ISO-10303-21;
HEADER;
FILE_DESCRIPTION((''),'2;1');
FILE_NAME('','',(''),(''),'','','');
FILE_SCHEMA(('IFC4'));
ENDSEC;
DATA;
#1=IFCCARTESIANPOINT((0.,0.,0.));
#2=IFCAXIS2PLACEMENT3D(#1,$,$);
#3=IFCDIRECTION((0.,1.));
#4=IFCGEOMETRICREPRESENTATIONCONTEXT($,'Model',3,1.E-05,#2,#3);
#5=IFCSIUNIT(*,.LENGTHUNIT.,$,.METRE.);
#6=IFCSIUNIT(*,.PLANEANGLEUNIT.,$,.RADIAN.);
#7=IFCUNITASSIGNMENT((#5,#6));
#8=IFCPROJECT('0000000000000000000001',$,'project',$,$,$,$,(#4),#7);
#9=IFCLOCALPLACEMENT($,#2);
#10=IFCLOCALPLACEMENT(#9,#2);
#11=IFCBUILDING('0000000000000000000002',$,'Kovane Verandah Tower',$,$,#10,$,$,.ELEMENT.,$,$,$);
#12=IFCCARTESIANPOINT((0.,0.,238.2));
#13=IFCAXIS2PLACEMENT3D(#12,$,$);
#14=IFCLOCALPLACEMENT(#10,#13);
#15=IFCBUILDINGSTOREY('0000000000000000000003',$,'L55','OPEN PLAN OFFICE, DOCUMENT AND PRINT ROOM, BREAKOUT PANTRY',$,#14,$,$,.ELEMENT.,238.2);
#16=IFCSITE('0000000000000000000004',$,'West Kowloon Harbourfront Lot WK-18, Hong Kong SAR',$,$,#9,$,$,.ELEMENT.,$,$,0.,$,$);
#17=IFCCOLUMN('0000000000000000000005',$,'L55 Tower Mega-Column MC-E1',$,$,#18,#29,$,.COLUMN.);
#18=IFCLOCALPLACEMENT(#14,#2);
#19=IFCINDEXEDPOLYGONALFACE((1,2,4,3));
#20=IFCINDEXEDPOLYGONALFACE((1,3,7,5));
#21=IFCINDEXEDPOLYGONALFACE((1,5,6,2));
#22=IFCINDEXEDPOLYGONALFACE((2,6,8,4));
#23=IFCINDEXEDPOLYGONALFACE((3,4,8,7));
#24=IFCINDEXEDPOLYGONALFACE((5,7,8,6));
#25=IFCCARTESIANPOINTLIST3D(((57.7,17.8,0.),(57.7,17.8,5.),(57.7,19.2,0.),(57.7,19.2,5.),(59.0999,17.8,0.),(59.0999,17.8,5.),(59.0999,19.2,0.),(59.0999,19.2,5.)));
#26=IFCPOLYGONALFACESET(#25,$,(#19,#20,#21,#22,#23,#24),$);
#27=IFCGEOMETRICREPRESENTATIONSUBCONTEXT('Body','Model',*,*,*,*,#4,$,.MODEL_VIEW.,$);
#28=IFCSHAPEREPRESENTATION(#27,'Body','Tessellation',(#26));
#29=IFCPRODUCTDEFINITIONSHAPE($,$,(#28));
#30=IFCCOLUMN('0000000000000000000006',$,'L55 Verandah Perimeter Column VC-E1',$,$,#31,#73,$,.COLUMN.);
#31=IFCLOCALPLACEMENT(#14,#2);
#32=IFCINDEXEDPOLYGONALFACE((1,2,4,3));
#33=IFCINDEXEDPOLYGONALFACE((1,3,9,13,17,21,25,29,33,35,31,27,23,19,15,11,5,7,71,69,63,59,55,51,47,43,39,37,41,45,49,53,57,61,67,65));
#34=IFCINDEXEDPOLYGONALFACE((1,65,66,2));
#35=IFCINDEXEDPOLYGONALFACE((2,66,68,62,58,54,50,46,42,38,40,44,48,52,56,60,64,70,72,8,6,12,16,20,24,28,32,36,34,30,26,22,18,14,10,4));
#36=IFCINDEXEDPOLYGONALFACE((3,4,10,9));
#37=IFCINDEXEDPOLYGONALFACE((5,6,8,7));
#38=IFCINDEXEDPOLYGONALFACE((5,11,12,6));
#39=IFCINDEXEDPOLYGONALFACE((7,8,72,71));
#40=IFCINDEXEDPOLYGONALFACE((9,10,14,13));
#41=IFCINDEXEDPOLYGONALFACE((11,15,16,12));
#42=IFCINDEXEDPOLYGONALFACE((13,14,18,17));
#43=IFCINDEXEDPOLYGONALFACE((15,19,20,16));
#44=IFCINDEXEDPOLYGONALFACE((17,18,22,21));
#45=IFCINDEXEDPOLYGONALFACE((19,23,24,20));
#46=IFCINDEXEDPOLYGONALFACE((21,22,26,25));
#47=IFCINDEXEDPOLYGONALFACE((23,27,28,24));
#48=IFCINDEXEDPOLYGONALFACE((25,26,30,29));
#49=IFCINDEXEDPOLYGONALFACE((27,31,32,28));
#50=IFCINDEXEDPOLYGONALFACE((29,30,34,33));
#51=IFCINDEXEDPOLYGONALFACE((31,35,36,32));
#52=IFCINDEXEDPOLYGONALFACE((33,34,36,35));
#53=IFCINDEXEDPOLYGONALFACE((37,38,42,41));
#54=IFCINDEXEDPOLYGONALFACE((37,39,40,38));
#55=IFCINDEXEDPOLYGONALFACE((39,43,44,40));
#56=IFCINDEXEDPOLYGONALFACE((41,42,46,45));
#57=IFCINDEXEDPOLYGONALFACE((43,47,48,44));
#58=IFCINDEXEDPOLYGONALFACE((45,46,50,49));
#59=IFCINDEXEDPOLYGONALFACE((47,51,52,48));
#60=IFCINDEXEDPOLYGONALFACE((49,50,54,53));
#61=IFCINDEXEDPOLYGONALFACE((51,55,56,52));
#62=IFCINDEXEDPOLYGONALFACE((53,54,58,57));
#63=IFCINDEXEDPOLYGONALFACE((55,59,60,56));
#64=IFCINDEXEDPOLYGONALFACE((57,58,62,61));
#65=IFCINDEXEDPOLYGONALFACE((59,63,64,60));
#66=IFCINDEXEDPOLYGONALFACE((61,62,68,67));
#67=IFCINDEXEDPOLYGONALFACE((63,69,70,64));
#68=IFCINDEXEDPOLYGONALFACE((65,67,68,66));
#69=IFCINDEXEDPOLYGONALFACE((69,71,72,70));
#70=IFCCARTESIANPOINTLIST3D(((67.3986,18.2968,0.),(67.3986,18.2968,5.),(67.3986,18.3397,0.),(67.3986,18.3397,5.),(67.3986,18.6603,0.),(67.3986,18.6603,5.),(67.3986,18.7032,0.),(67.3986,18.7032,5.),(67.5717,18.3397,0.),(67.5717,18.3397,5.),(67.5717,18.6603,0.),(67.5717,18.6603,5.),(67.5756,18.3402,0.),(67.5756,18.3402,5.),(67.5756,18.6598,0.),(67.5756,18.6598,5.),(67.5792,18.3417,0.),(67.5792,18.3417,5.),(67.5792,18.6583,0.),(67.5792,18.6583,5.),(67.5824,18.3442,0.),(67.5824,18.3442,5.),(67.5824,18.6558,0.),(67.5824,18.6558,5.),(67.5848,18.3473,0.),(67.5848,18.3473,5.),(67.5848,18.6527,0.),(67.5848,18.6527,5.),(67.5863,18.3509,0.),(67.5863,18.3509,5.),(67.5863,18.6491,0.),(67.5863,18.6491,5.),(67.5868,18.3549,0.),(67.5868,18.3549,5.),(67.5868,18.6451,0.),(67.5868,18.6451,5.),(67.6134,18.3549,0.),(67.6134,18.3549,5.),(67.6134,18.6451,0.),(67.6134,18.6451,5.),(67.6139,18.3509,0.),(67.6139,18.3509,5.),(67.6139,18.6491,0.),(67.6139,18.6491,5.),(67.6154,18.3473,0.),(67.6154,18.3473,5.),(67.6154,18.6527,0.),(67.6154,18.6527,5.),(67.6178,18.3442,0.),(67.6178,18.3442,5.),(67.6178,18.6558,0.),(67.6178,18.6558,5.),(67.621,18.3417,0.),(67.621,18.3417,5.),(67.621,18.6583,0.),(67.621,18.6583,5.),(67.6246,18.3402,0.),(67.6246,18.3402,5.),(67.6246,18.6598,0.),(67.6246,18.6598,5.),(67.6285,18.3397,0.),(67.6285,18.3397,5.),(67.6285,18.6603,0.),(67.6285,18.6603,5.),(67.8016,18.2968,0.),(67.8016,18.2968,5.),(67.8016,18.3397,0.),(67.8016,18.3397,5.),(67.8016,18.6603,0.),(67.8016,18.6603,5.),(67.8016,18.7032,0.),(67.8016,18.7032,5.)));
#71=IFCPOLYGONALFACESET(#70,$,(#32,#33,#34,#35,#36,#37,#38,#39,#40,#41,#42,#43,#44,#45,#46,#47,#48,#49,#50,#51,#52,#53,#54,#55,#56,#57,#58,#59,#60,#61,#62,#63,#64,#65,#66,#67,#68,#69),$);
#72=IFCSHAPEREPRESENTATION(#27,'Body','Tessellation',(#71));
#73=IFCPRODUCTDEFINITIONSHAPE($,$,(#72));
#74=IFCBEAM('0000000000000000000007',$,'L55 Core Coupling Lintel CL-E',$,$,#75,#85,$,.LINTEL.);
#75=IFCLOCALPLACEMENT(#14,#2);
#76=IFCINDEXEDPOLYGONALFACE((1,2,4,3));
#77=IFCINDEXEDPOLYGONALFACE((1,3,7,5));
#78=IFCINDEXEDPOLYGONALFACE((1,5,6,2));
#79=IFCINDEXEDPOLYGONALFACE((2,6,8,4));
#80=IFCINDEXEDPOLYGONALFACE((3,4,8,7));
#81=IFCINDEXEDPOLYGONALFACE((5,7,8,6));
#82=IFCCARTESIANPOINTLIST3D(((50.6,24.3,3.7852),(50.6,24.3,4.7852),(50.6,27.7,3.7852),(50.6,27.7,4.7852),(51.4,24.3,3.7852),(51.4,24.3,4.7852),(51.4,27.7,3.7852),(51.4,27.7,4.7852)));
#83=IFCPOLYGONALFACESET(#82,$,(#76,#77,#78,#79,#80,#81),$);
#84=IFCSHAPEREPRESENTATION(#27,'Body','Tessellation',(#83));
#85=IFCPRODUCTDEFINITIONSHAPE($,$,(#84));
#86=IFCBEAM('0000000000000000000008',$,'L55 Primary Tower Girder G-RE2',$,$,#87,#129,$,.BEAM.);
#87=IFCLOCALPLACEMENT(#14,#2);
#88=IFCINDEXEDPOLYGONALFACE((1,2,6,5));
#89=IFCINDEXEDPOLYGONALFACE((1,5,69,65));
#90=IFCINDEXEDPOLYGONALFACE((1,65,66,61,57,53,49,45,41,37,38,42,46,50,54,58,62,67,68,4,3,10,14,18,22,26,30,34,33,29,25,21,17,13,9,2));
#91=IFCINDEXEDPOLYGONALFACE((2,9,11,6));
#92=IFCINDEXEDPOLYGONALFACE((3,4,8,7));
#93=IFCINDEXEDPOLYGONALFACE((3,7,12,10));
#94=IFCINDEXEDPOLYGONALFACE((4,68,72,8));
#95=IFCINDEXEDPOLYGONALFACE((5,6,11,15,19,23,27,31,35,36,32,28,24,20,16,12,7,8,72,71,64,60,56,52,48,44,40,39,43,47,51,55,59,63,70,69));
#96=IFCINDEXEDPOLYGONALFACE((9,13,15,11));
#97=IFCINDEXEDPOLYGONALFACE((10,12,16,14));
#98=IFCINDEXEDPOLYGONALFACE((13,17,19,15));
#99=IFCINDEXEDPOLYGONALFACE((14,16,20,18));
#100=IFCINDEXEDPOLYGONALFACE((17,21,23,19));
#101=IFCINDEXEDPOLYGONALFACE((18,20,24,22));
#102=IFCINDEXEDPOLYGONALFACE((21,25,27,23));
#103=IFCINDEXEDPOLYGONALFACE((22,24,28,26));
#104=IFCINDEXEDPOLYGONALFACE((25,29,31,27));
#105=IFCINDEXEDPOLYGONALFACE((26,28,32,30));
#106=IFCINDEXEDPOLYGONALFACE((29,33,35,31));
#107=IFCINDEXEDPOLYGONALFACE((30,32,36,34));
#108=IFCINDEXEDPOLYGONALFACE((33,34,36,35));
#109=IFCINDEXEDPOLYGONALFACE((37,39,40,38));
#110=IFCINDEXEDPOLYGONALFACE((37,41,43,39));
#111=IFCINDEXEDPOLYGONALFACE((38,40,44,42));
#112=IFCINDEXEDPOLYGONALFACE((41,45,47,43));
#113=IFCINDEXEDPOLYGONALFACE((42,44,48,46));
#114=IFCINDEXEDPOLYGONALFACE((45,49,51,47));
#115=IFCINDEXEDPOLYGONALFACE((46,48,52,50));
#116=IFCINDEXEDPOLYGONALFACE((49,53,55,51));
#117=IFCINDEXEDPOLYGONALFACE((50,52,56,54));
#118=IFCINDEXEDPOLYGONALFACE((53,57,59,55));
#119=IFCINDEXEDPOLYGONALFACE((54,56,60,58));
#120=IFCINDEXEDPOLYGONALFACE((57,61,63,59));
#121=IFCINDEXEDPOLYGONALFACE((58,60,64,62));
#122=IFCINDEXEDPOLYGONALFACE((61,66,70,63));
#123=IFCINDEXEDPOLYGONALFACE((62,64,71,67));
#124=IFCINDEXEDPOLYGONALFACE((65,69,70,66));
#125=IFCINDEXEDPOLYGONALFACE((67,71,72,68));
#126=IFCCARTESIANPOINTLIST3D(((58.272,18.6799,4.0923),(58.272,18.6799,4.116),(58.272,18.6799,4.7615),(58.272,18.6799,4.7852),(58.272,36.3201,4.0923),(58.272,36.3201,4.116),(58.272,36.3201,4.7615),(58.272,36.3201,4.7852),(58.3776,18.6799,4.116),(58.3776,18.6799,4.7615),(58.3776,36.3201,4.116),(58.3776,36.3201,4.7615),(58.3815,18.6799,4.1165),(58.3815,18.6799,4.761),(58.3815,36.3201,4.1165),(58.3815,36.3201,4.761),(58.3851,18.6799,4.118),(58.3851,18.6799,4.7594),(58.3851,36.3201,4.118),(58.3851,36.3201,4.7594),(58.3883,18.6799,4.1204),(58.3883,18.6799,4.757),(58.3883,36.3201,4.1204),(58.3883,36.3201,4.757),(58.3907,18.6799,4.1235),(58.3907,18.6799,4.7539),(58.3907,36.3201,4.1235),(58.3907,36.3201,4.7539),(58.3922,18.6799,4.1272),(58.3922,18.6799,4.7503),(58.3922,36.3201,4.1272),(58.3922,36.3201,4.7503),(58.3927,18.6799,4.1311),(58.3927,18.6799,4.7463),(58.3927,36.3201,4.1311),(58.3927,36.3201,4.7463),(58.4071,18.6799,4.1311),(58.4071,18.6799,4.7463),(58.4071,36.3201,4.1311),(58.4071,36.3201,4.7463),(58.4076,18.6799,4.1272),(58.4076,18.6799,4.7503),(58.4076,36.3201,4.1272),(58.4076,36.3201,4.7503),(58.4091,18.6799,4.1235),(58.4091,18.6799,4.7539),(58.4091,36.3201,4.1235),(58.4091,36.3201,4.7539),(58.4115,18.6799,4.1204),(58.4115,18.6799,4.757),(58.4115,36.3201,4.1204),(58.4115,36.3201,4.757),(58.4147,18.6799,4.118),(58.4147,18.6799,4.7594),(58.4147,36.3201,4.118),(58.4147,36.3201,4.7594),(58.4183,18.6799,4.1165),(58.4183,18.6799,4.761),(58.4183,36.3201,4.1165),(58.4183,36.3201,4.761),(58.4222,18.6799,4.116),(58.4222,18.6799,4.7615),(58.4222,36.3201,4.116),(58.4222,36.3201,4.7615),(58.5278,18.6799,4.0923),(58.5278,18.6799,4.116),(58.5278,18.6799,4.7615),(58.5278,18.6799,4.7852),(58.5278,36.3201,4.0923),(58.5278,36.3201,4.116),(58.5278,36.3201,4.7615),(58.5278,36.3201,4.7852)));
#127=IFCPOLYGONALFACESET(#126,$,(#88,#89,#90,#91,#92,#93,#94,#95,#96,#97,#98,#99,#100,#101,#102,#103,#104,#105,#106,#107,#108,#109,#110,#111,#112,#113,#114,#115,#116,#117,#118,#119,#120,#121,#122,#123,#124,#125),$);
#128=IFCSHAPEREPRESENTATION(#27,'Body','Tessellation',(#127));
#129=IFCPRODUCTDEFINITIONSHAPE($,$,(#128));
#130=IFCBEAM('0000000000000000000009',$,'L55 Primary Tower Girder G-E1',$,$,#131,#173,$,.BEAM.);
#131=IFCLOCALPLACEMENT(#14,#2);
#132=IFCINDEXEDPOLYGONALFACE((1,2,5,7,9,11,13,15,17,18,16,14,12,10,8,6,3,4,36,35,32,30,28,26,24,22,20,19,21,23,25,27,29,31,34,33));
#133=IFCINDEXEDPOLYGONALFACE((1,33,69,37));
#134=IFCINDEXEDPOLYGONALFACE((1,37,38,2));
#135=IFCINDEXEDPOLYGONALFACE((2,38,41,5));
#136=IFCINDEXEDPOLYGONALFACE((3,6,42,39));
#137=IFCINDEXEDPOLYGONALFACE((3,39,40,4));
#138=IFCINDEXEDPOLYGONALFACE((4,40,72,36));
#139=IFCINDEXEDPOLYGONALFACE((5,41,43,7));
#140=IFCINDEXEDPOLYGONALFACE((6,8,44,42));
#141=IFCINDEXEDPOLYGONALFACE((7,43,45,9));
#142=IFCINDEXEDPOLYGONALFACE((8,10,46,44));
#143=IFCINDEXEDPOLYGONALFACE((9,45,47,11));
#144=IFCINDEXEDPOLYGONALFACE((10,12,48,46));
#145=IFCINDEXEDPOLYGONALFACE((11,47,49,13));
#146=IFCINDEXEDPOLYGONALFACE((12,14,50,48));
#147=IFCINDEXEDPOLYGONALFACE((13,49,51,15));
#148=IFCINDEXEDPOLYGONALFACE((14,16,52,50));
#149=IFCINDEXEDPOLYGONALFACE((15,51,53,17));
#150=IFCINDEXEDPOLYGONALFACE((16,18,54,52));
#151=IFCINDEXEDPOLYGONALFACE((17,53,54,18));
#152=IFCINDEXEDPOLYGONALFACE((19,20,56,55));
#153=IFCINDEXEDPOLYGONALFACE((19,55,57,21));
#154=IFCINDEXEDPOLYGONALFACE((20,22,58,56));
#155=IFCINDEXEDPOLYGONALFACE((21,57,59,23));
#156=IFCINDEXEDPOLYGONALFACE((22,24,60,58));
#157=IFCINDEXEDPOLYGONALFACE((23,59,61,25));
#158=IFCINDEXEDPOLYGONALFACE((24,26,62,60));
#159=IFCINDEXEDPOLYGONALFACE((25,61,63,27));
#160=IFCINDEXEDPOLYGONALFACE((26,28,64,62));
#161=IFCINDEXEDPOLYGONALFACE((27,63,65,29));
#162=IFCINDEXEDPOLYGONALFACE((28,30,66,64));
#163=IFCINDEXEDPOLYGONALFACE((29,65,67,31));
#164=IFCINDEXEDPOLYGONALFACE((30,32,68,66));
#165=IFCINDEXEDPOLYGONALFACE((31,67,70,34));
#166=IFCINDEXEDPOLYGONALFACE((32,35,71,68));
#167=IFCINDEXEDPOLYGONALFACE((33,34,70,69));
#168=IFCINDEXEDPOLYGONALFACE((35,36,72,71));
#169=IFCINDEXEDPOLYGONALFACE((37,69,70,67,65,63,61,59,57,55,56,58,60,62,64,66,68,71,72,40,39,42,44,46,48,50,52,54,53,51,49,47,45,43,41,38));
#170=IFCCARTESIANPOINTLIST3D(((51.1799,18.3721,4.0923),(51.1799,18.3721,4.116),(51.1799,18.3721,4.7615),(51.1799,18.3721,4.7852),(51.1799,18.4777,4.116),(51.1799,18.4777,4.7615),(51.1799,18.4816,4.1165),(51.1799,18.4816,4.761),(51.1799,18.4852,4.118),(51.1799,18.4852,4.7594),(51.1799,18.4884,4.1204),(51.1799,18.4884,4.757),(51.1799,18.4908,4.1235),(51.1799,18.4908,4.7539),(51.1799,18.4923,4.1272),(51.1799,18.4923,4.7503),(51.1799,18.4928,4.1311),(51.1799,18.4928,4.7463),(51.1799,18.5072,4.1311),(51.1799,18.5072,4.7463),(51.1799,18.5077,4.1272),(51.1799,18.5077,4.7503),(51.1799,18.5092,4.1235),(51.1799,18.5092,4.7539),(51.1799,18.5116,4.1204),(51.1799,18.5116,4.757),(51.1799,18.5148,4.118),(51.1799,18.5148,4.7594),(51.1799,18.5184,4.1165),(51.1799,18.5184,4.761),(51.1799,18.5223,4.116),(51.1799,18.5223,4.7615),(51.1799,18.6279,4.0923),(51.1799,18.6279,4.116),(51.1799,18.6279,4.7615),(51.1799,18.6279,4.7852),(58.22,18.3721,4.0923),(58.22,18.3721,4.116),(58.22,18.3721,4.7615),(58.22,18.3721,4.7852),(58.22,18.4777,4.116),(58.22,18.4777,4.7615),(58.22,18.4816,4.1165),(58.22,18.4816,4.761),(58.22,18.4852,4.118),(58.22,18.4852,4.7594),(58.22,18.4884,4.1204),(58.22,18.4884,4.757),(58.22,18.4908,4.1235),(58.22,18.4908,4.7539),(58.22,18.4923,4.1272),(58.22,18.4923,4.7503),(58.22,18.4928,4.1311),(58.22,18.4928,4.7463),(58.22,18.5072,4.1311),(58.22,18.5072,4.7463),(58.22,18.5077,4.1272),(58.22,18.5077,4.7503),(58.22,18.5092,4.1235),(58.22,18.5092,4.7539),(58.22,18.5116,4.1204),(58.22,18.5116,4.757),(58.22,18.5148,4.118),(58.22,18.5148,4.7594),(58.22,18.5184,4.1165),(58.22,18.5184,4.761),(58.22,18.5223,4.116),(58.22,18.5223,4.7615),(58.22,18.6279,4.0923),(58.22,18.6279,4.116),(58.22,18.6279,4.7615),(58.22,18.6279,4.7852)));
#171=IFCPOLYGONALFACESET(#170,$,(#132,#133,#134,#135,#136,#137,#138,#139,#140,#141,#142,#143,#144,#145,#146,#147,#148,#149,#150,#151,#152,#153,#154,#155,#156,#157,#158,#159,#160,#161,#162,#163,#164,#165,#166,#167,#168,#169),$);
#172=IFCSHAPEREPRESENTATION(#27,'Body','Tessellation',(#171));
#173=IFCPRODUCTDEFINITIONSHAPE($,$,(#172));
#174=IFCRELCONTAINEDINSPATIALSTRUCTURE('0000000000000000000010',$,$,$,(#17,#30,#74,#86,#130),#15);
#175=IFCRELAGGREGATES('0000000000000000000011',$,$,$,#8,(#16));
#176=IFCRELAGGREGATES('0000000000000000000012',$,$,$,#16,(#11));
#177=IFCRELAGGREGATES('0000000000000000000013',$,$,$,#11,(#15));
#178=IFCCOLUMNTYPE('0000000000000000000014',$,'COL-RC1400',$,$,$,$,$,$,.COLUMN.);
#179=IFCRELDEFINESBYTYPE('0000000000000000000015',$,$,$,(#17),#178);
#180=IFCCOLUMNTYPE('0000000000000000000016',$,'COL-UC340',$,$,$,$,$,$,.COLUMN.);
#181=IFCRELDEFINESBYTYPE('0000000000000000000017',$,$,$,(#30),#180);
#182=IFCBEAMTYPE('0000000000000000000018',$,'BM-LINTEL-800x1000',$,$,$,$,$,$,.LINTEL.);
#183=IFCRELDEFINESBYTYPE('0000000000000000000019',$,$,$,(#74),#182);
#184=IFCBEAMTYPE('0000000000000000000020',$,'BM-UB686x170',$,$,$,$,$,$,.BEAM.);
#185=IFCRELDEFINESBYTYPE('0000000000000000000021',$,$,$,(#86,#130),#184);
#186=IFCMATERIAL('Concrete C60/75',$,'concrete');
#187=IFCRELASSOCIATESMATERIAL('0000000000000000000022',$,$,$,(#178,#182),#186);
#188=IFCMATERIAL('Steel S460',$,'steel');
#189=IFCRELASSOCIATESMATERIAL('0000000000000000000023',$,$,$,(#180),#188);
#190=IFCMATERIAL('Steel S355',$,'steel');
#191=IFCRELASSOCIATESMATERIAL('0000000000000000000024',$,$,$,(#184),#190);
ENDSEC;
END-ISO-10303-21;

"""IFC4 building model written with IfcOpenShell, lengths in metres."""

from ifc_helpers import new_model, si_unit, direction, frame, origin, origin_2d, place, context, subcontext, project, spatial, rectangle, i_section, extrude, material, material_profile, profile_set, type_object, element, save


model = new_model("IFC4")

# Units and contexts
model_context = context("Model", 3, precision=1e-05, world=origin(), true_north=direction((0.0, 1.0)))
body_context = subcontext(model_context, "Body", "Model", "MODEL_VIEW")
ifc_project = project(units=[si_unit("LENGTHUNIT", "METRE"), si_unit("PLANEANGLEUNIT", "RADIAN")], contexts=[model_context])

# Site, building, storey
site_placement = place(None, origin())
site = spatial("IfcSite", under=ifc_project, at=site_placement, Name="West Kowloon Harbourfront Lot WK-18, Hong Kong SAR", CompositionType="ELEMENT", RefElevation=0.0)
building_placement = place(site_placement, origin())
building = spatial("IfcBuilding", under=site, at=building_placement, Name="Kovane Verandah Tower", CompositionType="ELEMENT")
storey_placement = place(building_placement, frame((0.0, 0.0, 238.2)))
storey = spatial("IfcBuildingStorey", under=building, at=storey_placement, Name="L55", Description="OPEN PLAN OFFICE, DOCUMENT AND PRINT ROOM, BREAKOUT PANTRY", CompositionType="ELEMENT", Elevation=238.2)

# Columns
ifc_material_1 = material(Name="Concrete C60/75", Category="concrete")
ifc_material_profile_1 = material_profile(ifc_material_1, rectangle(XDim=1.3999, YDim=1.3999, at=origin_2d()), Name="RC1400x1400")
ifc_profile_set_1 = profile_set([ifc_material_profile_1], Name="Concrete C60/75")
column_type_1 = type_object("IfcColumnType", Name="COL-RC1400", PredefinedType="COLUMN", material=ifc_profile_set_1)
column_1_placement = place(storey_placement, frame((58.3999, 18.5, 0.0), z_axis=(0.0, 0.0, 1.0), x_axis=(1.0, 0.0, 0.0)))
element("IfcColumn", 1, at=column_1_placement, inside=storey, type_object=column_type_1, Name="L55 Tower Mega-Column MC-E1", PredefinedType="COLUMN", context=body_context, shape_type="SweptSolid", body=[
    extrude(rectangle(XDim=1.3999, YDim=1.3999, at=origin_2d()), origin(), (0.0, 0.0, 1.0), 5.0),
])
ifc_material_2 = material(Name="Steel S460", Category="steel")
ifc_material_profile_2 = material_profile(ifc_material_2, i_section(OverallWidth=0.4031, OverallDepth=0.4065, WebThickness=0.0266, FlangeThickness=0.043, FilletRadius=0.0151, at=origin_2d()), Name="UC356x406x340")
ifc_profile_set_2 = profile_set([ifc_material_profile_2], Name="Steel S460")
column_type_2 = type_object("IfcColumnType", Name="COL-UC340", PredefinedType="COLUMN", material=ifc_profile_set_2)
column_2_placement = place(storey_placement, frame((67.6001, 18.5, 0.0), z_axis=(0.0, 0.0, 1.0), x_axis=(1.0, 0.0, 0.0)))
element("IfcColumn", 2, at=column_2_placement, inside=storey, type_object=column_type_2, Name="L55 Verandah Perimeter Column VC-E1", PredefinedType="COLUMN", context=body_context, shape_type="SweptSolid", body=[
    extrude(i_section(OverallWidth=0.4031, OverallDepth=0.4065, WebThickness=0.0266, FlangeThickness=0.043, FilletRadius=0.0151, at=origin_2d()), origin(), (0.0, 0.0, 1.0), 5.0),
])

# Beams
ifc_material_profile_3 = material_profile(ifc_material_1, rectangle(XDim=0.8, YDim=1.0, at=origin_2d()), Name="RCB800x1000")
ifc_profile_set_3 = profile_set([ifc_material_profile_3], Name="Concrete C60/75")
beam_type_1 = type_object("IfcBeamType", Name="BM-LINTEL-800x1000", PredefinedType="LINTEL", material=ifc_profile_set_3)
beam_1_placement = place(storey_placement, frame((51.0, 24.3, 4.2852), z_axis=(0.0, 1.0, 0.0), x_axis=(-1.0, 0.0, 0.0)))
element("IfcBeam", 3, at=beam_1_placement, inside=storey, type_object=beam_type_1, Name="L55 Core Coupling Lintel CL-E", PredefinedType="LINTEL", context=body_context, shape_type="SweptSolid", body=[
    extrude(rectangle(XDim=0.8, YDim=1.0, at=origin_2d()), origin(), (0.0, 0.0, 1.0), 3.3999),
])
ifc_material_3 = material(Name="Steel S355", Category="steel")
ifc_material_profile_4 = material_profile(ifc_material_3, i_section(OverallWidth=0.2559, OverallDepth=0.6929, WebThickness=0.0144, FlangeThickness=0.0237, FilletRadius=0.0151, at=origin_2d()), Name="UB686x254x170")
ifc_profile_set_4 = profile_set([ifc_material_profile_4], Name="Steel S355")
beam_type_2 = type_object("IfcBeamType", Name="BM-UB686x170", PredefinedType="BEAM", material=ifc_profile_set_4)
beam_2_placement = place(storey_placement, frame((58.3999, 18.6799, 4.4387), z_axis=(0.0, 1.0, 0.0), x_axis=(-1.0, 0.0, 0.0)))
element("IfcBeam", 4, at=beam_2_placement, inside=storey, type_object=beam_type_2, Name="L55 Primary Tower Girder G-RE2", PredefinedType="BEAM", context=body_context, shape_type="SweptSolid", body=[
    extrude(i_section(OverallWidth=0.2559, OverallDepth=0.6929, WebThickness=0.0144, FlangeThickness=0.0237, FilletRadius=0.0151, at=origin_2d()), origin(), (0.0, 0.0, 1.0), 17.6401),
])
beam_3_placement = place(storey_placement, frame((51.1799, 18.5, 4.4387), z_axis=(1.0, 0.0, 0.0), x_axis=(0.0, 1.0, 0.0)))
element("IfcBeam", 5, at=beam_3_placement, inside=storey, type_object=beam_type_2, Name="L55 Primary Tower Girder G-E1", PredefinedType="BEAM", context=body_context, shape_type="SweptSolid", body=[
    extrude(i_section(OverallWidth=0.2559, OverallDepth=0.6929, WebThickness=0.0144, FlangeThickness=0.0237, FilletRadius=0.0151, at=origin_2d()), origin(), (0.0, 0.0, 1.0), 7.04),
])

save(model, "model.ifc")
